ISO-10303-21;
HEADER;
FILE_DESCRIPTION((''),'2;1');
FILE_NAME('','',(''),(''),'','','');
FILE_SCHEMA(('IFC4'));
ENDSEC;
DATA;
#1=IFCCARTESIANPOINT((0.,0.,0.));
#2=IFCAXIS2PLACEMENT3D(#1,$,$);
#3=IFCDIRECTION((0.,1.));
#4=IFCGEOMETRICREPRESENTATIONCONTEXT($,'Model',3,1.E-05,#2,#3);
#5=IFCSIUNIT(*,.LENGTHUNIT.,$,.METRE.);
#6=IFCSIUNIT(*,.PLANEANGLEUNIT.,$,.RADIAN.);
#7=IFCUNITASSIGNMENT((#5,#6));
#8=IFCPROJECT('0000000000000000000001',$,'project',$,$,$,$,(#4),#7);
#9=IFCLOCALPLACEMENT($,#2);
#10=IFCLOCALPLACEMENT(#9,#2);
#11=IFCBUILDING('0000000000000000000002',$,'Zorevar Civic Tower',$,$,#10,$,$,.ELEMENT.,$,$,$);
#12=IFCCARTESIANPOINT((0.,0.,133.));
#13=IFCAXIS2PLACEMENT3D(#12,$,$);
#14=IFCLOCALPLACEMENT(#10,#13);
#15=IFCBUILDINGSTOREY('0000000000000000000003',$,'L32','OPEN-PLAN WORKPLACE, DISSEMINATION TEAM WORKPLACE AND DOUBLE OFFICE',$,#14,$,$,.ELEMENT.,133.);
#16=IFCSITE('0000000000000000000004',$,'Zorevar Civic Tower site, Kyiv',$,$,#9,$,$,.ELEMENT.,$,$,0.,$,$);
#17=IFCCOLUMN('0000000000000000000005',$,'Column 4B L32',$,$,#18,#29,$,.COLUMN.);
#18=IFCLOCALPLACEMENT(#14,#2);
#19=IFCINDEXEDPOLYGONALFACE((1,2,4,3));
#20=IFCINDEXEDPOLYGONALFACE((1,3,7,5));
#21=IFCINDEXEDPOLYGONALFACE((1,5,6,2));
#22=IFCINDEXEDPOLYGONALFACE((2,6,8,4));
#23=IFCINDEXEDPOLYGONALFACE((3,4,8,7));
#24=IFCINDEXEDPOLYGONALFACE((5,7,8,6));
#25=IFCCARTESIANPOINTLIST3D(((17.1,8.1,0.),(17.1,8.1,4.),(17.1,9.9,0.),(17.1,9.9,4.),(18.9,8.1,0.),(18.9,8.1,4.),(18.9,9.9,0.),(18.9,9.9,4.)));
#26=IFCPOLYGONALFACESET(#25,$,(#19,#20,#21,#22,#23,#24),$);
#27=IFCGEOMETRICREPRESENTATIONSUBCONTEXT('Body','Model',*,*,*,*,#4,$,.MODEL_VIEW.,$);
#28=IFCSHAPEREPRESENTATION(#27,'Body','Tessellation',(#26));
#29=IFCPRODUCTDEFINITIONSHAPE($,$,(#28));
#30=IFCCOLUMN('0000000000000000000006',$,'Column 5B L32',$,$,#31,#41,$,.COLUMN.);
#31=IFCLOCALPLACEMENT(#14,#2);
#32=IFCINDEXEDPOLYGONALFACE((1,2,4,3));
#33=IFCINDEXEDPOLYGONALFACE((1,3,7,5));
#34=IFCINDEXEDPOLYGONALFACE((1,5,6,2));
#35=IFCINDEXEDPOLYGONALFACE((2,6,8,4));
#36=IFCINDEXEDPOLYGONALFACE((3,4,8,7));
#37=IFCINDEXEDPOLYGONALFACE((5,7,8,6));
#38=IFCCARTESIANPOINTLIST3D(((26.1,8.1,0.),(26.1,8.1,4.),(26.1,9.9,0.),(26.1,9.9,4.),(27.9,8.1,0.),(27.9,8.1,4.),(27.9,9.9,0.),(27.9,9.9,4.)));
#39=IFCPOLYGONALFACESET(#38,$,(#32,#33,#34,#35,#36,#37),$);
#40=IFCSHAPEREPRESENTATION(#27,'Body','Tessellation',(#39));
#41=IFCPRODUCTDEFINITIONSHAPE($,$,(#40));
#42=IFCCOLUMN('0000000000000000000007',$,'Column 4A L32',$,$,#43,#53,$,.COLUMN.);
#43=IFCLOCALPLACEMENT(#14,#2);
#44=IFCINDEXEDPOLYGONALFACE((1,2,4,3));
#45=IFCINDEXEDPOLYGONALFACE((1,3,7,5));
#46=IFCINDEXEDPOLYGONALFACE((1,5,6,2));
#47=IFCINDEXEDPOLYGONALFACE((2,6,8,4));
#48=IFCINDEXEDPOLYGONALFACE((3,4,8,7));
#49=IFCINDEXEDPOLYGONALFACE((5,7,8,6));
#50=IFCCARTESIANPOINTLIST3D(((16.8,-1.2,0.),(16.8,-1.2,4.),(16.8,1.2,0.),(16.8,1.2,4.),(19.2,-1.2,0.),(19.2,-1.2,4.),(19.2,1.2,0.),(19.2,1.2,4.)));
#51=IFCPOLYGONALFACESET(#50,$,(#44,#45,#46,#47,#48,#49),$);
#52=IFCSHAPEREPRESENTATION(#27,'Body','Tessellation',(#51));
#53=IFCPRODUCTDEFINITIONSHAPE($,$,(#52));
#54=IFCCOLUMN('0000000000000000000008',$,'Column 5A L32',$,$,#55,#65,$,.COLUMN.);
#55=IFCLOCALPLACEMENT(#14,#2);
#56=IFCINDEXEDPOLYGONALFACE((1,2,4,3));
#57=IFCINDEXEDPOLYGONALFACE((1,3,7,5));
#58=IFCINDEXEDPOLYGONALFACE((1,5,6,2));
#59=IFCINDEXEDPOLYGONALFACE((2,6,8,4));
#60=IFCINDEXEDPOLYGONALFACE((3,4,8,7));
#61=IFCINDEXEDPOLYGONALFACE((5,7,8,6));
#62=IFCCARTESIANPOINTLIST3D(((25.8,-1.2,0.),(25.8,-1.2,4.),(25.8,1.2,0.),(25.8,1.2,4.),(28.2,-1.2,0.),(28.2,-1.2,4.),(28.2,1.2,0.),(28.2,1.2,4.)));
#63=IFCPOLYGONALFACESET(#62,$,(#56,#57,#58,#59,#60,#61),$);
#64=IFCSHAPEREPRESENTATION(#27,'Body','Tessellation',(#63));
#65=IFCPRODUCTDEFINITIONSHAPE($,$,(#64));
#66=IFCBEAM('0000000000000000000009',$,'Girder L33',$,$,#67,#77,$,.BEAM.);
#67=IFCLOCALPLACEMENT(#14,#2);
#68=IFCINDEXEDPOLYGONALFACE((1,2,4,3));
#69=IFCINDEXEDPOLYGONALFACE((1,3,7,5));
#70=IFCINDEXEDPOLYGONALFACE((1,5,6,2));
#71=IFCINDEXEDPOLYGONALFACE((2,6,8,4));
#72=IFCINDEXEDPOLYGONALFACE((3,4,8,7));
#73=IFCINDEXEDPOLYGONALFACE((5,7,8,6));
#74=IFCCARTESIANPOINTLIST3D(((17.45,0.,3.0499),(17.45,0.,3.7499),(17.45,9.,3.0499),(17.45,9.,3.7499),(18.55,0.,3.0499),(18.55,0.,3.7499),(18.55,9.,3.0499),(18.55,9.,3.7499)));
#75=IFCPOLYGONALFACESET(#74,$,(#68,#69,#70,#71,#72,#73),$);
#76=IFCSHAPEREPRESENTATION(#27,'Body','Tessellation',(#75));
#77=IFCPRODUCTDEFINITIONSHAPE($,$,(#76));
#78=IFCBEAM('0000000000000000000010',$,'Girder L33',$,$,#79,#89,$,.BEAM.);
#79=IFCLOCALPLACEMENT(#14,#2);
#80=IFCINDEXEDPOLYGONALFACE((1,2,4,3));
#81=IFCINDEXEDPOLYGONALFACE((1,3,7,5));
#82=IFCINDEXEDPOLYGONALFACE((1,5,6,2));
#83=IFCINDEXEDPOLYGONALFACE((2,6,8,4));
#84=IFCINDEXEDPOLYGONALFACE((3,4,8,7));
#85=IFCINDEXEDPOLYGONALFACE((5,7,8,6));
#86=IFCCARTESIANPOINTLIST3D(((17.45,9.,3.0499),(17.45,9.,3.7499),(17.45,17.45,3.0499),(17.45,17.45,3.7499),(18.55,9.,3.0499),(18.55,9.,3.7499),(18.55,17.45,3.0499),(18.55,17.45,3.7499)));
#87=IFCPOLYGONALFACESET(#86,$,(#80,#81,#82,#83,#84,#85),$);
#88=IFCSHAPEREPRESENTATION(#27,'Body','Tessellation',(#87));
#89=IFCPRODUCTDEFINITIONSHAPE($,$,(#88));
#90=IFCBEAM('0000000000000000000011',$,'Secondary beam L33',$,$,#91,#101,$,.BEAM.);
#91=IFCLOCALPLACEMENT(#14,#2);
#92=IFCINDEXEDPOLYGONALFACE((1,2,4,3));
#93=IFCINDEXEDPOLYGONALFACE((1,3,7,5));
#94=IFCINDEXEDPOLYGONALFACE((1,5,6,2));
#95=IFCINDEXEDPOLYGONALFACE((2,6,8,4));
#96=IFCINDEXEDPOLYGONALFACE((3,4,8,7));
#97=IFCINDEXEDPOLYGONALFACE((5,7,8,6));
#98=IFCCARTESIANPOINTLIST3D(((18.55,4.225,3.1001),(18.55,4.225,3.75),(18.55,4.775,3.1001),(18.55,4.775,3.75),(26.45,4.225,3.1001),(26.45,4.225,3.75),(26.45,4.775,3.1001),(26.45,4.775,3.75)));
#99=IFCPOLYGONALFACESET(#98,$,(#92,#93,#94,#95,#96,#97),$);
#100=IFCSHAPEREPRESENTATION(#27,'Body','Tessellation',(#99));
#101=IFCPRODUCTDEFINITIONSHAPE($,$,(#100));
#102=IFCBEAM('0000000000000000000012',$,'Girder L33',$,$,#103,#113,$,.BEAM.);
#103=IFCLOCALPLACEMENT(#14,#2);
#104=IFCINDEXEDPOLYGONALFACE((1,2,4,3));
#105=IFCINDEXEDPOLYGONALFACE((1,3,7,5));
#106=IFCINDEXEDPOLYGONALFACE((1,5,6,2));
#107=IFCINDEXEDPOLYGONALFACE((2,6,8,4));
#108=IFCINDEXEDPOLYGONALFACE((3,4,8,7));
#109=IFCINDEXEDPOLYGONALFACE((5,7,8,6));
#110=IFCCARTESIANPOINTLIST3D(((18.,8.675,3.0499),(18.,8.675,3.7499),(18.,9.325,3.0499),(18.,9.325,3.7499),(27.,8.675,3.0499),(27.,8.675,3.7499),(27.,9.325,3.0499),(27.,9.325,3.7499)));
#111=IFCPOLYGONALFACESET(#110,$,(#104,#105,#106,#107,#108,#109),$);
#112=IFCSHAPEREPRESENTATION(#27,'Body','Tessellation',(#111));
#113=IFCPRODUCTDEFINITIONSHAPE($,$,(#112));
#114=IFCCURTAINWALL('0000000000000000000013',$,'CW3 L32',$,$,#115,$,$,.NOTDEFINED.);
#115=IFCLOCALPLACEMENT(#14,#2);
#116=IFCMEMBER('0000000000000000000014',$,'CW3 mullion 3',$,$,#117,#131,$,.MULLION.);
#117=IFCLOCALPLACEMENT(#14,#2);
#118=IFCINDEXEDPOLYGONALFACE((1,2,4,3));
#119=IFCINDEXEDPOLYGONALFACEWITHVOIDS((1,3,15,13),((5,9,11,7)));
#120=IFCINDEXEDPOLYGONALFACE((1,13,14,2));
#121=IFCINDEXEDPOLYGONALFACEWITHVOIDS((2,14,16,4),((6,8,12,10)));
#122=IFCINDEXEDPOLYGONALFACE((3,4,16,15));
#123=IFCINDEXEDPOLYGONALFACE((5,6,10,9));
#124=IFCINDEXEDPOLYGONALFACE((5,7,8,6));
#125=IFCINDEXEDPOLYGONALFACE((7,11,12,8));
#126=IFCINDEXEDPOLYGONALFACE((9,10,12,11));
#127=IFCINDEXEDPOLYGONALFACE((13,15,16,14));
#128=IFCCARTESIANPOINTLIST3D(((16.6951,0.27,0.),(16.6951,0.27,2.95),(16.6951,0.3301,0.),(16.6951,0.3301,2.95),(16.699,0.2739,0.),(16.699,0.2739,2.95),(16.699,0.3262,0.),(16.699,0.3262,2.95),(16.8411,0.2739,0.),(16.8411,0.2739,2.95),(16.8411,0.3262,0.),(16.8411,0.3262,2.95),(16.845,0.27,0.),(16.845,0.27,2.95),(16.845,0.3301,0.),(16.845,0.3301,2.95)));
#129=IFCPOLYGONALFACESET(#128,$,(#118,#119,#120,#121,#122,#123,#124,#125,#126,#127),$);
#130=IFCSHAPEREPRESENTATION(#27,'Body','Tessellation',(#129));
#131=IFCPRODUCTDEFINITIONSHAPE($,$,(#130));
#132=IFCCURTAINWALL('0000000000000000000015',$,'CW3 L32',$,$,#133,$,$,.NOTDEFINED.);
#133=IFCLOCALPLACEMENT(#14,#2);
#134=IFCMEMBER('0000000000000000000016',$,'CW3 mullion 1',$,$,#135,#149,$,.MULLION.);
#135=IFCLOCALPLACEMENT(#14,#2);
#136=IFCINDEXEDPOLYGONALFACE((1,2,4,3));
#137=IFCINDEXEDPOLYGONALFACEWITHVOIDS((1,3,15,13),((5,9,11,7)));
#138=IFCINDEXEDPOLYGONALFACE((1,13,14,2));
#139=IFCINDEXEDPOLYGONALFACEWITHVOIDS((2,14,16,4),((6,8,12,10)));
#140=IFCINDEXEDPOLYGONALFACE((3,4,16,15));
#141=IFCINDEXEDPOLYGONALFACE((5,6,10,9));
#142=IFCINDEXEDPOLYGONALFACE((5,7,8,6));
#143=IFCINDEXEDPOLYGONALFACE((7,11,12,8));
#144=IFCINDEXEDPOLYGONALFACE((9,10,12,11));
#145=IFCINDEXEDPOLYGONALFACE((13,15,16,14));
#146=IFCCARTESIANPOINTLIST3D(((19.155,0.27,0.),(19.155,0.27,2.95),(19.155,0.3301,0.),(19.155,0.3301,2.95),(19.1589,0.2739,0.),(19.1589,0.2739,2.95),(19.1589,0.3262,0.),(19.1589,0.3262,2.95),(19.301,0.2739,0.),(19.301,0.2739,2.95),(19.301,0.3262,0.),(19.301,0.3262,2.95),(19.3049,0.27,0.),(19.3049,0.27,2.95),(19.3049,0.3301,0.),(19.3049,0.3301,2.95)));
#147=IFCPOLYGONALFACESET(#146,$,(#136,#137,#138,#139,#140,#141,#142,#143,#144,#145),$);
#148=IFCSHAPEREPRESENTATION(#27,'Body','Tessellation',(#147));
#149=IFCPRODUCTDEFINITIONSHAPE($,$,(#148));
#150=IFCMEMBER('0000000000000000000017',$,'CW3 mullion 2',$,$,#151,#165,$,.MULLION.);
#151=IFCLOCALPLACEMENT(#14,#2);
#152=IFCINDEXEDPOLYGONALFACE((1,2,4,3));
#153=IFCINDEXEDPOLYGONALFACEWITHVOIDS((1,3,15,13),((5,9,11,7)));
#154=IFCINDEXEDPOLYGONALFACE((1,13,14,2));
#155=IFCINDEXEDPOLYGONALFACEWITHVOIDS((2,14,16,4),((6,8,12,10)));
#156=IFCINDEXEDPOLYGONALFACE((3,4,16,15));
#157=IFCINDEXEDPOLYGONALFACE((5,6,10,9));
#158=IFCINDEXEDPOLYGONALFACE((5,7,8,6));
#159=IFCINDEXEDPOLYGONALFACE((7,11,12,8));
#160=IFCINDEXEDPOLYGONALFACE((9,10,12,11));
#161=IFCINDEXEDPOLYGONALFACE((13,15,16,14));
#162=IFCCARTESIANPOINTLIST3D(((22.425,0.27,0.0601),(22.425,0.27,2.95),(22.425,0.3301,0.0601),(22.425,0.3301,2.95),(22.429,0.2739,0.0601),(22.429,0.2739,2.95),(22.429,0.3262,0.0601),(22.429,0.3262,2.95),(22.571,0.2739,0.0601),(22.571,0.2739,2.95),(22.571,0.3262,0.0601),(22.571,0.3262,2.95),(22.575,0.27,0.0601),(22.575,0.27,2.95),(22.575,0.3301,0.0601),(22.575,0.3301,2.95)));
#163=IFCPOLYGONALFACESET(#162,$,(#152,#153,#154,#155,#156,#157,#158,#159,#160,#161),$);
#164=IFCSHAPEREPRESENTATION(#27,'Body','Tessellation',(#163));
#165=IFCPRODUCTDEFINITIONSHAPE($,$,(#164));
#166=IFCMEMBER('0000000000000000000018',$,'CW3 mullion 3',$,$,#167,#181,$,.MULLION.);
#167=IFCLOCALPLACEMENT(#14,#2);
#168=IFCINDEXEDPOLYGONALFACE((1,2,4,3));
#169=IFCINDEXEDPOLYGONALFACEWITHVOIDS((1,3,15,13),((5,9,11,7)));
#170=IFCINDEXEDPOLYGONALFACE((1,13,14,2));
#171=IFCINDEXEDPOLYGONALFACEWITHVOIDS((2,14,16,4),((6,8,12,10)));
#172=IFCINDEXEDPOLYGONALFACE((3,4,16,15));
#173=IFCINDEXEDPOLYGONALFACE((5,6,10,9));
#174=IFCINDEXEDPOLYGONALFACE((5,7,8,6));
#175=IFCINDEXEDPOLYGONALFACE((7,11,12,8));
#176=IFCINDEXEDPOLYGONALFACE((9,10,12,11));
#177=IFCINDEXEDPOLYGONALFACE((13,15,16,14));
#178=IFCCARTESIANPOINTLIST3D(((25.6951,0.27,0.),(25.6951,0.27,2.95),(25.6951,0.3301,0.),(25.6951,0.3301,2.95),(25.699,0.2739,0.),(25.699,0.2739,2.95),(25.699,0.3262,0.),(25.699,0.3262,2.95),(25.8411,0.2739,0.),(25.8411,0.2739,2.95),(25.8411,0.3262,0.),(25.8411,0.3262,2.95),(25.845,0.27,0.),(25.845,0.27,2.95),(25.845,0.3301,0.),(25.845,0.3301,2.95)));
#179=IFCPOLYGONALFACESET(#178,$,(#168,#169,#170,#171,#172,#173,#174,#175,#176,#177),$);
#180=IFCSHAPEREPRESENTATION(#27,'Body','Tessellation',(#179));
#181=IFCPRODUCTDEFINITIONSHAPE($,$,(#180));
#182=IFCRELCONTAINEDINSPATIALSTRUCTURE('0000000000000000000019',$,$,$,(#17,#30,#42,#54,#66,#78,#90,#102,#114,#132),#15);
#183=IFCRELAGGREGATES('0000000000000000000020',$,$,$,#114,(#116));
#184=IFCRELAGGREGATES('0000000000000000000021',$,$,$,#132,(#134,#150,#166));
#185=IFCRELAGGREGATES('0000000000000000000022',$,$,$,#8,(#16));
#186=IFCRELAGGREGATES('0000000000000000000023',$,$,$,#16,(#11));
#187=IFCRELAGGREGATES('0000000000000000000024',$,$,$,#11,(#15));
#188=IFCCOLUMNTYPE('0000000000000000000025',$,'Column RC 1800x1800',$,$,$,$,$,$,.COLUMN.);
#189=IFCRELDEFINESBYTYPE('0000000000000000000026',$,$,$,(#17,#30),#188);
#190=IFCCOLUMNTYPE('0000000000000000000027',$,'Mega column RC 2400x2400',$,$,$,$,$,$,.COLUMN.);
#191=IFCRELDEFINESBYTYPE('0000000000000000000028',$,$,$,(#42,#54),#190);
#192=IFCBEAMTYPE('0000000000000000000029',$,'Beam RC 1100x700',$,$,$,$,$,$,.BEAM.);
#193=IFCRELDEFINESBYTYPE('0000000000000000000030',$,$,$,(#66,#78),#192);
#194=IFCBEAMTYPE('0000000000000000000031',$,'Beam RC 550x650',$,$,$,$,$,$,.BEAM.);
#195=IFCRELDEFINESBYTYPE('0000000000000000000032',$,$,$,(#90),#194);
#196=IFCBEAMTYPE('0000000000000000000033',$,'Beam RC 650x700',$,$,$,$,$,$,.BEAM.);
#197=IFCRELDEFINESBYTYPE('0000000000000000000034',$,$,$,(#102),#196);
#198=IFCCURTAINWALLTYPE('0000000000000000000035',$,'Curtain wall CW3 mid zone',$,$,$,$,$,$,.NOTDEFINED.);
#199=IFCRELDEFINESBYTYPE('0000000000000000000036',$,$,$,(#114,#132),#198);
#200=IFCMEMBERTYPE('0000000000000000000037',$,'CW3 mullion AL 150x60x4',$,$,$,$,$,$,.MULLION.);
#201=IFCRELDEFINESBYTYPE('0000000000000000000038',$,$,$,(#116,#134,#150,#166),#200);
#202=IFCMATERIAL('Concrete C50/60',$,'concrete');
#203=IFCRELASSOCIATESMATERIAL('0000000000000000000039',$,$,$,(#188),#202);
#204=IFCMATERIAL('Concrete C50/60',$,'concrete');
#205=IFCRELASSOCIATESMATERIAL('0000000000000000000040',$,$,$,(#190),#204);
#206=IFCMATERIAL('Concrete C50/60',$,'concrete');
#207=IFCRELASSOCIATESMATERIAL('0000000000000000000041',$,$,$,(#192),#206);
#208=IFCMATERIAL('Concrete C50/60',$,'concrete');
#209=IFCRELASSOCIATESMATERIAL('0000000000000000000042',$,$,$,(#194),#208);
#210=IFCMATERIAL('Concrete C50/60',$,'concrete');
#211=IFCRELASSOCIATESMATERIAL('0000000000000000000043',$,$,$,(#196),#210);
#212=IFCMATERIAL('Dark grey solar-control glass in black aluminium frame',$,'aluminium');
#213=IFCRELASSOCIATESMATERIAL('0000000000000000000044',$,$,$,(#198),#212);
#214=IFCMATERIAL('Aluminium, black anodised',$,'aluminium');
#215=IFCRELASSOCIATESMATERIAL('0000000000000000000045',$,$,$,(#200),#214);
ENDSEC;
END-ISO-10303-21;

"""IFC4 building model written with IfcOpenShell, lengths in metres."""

from ifc_helpers import new_model, si_unit, direction, frame, origin, origin_2d, place, context, subcontext, project, spatial, rectangle, hollow_rectangle, extrude, material, material_profile, profile_set, type_object, element, aggregate, save


model = new_model("IFC4")

# Units and contexts
model_context = context("Model", 3, precision=1e-05, world=origin(), true_north=direction((0.0, 1.0)))
body_context = subcontext(model_context, "Body", "Model", "MODEL_VIEW")
ifc_project = project(units=[si_unit("LENGTHUNIT", "METRE"), si_unit("PLANEANGLEUNIT", "RADIAN")], contexts=[model_context])

# Site, building, storey
site_placement = place(None, origin())
site = spatial("IfcSite", under=ifc_project, at=site_placement, Name="Zorevar Civic Tower site, Kyiv", CompositionType="ELEMENT", RefElevation=0.0)
building_placement = place(site_placement, origin())
building = spatial("IfcBuilding", under=site, at=building_placement, Name="Zorevar Civic Tower", CompositionType="ELEMENT")
storey_placement = place(building_placement, frame((0.0, 0.0, 133.0)))
storey = spatial("IfcBuildingStorey", under=building, at=storey_placement, Name="L32", Description="OPEN-PLAN WORKPLACE, DISSEMINATION TEAM WORKPLACE AND DOUBLE OFFICE", CompositionType="ELEMENT", Elevation=133.0)

# Columns
ifc_material_1 = material(Name="Concrete C50/60", Category="concrete")
ifc_material_profile_1 = material_profile(ifc_material_1, rectangle(XDim=1.8, YDim=1.8, at=origin_2d()), Name="RC 1800x1800")
ifc_profile_set_1 = profile_set([ifc_material_profile_1], Name="Concrete C50/60")
column_type_1 = type_object("IfcColumnType", Name="Column RC 1800x1800", PredefinedType="COLUMN", material=ifc_profile_set_1)
for number, where, z_axis, x_axis, name in (
    (1, (18.0, 9.0, 0.0), (0.0, 0.0, 1.0), (1.0, 0.0, 0.0), "Column 4B L32"),
    (2, (27.0, 9.0, 0.0), (0.0, 0.0, 1.0), (1.0, 0.0, 0.0), "Column 5B L32"),
):
    element("IfcColumn", number, at=place(storey_placement, frame(where, z_axis=z_axis, x_axis=x_axis)), inside=storey, type_object=column_type_1, Name=name, PredefinedType="COLUMN", context=body_context, shape_type="SweptSolid", body=[
        extrude(rectangle(XDim=1.8, YDim=1.8, at=origin_2d()), origin(), (0.0, 0.0, 1.0), 4.0),
    ])
ifc_material_2 = material(Name="Concrete C50/60", Category="concrete")
ifc_material_profile_2 = material_profile(ifc_material_2, rectangle(XDim=2.3999, YDim=2.3999, at=origin_2d()), Name="RC 2400x2400")
ifc_profile_set_2 = profile_set([ifc_material_profile_2], Name="Concrete C50/60")
column_type_2 = type_object("IfcColumnType", Name="Mega column RC 2400x2400", PredefinedType="COLUMN", material=ifc_profile_set_2)
for number, where, z_axis, x_axis, name in (
    (3, (18.0, 0.0, 0.0), (0.0, 0.0, 1.0), (1.0, 0.0, 0.0), "Column 4A L32"),
    (4, (27.0, 0.0, 0.0), (0.0, 0.0, 1.0), (1.0, 0.0, 0.0), "Column 5A L32"),
):
    element("IfcColumn", number, at=place(storey_placement, frame(where, z_axis=z_axis, x_axis=x_axis)), inside=storey, type_object=column_type_2, Name=name, PredefinedType="COLUMN", context=body_context, shape_type="SweptSolid", body=[
        extrude(rectangle(XDim=2.3999, YDim=2.3999, at=origin_2d()), origin(), (0.0, 0.0, 1.0), 4.0),
    ])

# Beams
ifc_material_3 = material(Name="Concrete C50/60", Category="concrete")
ifc_material_profile_3 = material_profile(ifc_material_3, rectangle(XDim=1.1001, YDim=0.7, at=origin_2d()), Name="RC 1100x700")
ifc_profile_set_3 = profile_set([ifc_material_profile_3], Name="Concrete C50/60")
beam_type_1 = type_object("IfcBeamType", Name="Beam RC 1100x700", PredefinedType="BEAM", material=ifc_profile_set_3)
beam_1_placement = place(storey_placement, frame((18.0, 0.0, 3.3999), z_axis=(0.0, 1.0, 0.0), x_axis=(-1.0, 0.0, 0.0)))
element("IfcBeam", 5, at=beam_1_placement, inside=storey, type_object=beam_type_1, Name="Girder L33", PredefinedType="BEAM", context=body_context, shape_type="SweptSolid", body=[
    extrude(rectangle(XDim=1.1001, YDim=0.7, at=origin_2d()), origin(), (0.0, 0.0, 1.0), 9.0),
])
beam_2_placement = place(storey_placement, frame((18.0, 9.0, 3.3999), z_axis=(0.0, 1.0, 0.0), x_axis=(-1.0, 0.0, 0.0)))
element("IfcBeam", 6, at=beam_2_placement, inside=storey, type_object=beam_type_1, Name="Girder L33", PredefinedType="BEAM", context=body_context, shape_type="SweptSolid", body=[
    extrude(rectangle(XDim=1.1001, YDim=0.7, at=origin_2d()), origin(), (0.0, 0.0, 1.0), 8.45),
])
ifc_material_4 = material(Name="Concrete C50/60", Category="concrete")
ifc_material_profile_4 = material_profile(ifc_material_4, rectangle(XDim=0.55, YDim=0.6499, at=origin_2d()), Name="RC 550x650")
ifc_profile_set_4 = profile_set([ifc_material_profile_4], Name="Concrete C50/60")
beam_type_2 = type_object("IfcBeamType", Name="Beam RC 550x650", PredefinedType="BEAM", material=ifc_profile_set_4)
beam_3_placement = place(storey_placement, frame((18.55, 4.5, 3.425), z_axis=(1.0, 0.0, 0.0), x_axis=(0.0, 1.0, 0.0)))
element("IfcBeam", 7, at=beam_3_placement, inside=storey, type_object=beam_type_2, Name="Secondary beam L33", PredefinedType="BEAM", context=body_context, shape_type="SweptSolid", body=[
    extrude(rectangle(XDim=0.55, YDim=0.6499, at=origin_2d()), origin(), (0.0, 0.0, 1.0), 7.8999),
])
ifc_material_5 = material(Name="Concrete C50/60", Category="concrete")
ifc_material_profile_5 = material_profile(ifc_material_5, rectangle(XDim=0.6499, YDim=0.7, at=origin_2d()), Name="RC 650x700")
ifc_profile_set_5 = profile_set([ifc_material_profile_5], Name="Concrete C50/60")
beam_type_3 = type_object("IfcBeamType", Name="Beam RC 650x700", PredefinedType="BEAM", material=ifc_profile_set_5)
beam_4_placement = place(storey_placement, frame((18.0, 9.0, 3.3999), z_axis=(1.0, 0.0, 0.0), x_axis=(0.0, 1.0, 0.0)))
element("IfcBeam", 8, at=beam_4_placement, inside=storey, type_object=beam_type_3, Name="Girder L33", PredefinedType="BEAM", context=body_context, shape_type="SweptSolid", body=[
    extrude(rectangle(XDim=0.6499, YDim=0.7, at=origin_2d()), origin(), (0.0, 0.0, 1.0), 9.0),
])

# Curtain wall, member
ifc_material_6 = material(Name="Dark grey solar-control glass in black aluminium frame", Category="aluminium")
curtain_wall_type = type_object("IfcCurtainWallType", Name="Curtain wall CW3 mid zone", PredefinedType="NOTDEFINED", material=ifc_material_6)
curtain_wall_1_placement = place(storey_placement, origin())
curtain_wall_1 = element("IfcCurtainWall", 9, at=curtain_wall_1_placement, inside=storey, type_object=curtain_wall_type, Name="CW3 L32", PredefinedType="NOTDEFINED")
ifc_material_7 = material(Name="Aluminium, black anodised", Category="aluminium")
ifc_material_profile_6 = material_profile(ifc_material_7, hollow_rectangle(XDim=0.0601, YDim=0.1499, WallThickness=0.0039, at=origin_2d()), Name="AL 150x60x4")
ifc_profile_set_6 = profile_set([ifc_material_profile_6], Name="Aluminium, black anodised")
member_type_1 = type_object("IfcMemberType", Name="CW3 mullion AL 150x60x4", PredefinedType="MULLION", material=ifc_profile_set_6)
member_1_placement = place(storey_placement, frame((16.77, 0.3, 0.0), z_axis=(0.0, 0.0, 1.0), x_axis=(0.0, 1.0, 0.0)))
member_1 = element("IfcMember", 10, at=member_1_placement, type_object=member_type_1, Name="CW3 mullion 3", PredefinedType="MULLION", context=body_context, shape_type="SweptSolid", body=[
    extrude(hollow_rectangle(XDim=0.0601, YDim=0.1499, WallThickness=0.0039, at=origin_2d()), origin(), (0.0, 0.0, 1.0), 2.95),
])

# Curtain wall, members
curtain_wall_2_placement = place(storey_placement, origin())
curtain_wall_2 = element("IfcCurtainWall", 11, at=curtain_wall_2_placement, inside=storey, type_object=curtain_wall_type, Name="CW3 L32", PredefinedType="NOTDEFINED")
member_2_placement = place(storey_placement, frame((19.23, 0.3, 0.0), z_axis=(0.0, 0.0, 1.0), x_axis=(0.0, 1.0, 0.0)))
member_2 = element("IfcMember", 12, at=member_2_placement, type_object=member_type_1, Name="CW3 mullion 1", PredefinedType="MULLION", context=body_context, shape_type="SweptSolid", body=[
    extrude(hollow_rectangle(XDim=0.0601, YDim=0.1499, WallThickness=0.0039, at=origin_2d()), origin(), (0.0, 0.0, 1.0), 2.95),
])
member_3_placement = place(storey_placement, frame((22.5, 0.3, 0.0601), z_axis=(0.0, 0.0, 1.0), x_axis=(0.0, 1.0, 0.0)))
member_3 = element("IfcMember", 13, at=member_3_placement, type_object=member_type_1, Name="CW3 mullion 2", PredefinedType="MULLION", context=body_context, shape_type="SweptSolid", body=[
    extrude(hollow_rectangle(XDim=0.0601, YDim=0.1499, WallThickness=0.0039, at=origin_2d()), origin(), (0.0, 0.0, 1.0), 2.8899),
])
member_4_placement = place(storey_placement, frame((25.77, 0.3, 0.0), z_axis=(0.0, 0.0, 1.0), x_axis=(0.0, 1.0, 0.0)))
member_4 = element("IfcMember", 14, at=member_4_placement, type_object=member_type_1, Name="CW3 mullion 3", PredefinedType="MULLION", context=body_context, shape_type="SweptSolid", body=[
    extrude(hollow_rectangle(XDim=0.0601, YDim=0.1499, WallThickness=0.0039, at=origin_2d()), origin(), (0.0, 0.0, 1.0), 2.95),
])

aggregate(curtain_wall_1, [member_1])
aggregate(curtain_wall_2, [member_2, member_3, member_4])

save(model, "model.ifc")
